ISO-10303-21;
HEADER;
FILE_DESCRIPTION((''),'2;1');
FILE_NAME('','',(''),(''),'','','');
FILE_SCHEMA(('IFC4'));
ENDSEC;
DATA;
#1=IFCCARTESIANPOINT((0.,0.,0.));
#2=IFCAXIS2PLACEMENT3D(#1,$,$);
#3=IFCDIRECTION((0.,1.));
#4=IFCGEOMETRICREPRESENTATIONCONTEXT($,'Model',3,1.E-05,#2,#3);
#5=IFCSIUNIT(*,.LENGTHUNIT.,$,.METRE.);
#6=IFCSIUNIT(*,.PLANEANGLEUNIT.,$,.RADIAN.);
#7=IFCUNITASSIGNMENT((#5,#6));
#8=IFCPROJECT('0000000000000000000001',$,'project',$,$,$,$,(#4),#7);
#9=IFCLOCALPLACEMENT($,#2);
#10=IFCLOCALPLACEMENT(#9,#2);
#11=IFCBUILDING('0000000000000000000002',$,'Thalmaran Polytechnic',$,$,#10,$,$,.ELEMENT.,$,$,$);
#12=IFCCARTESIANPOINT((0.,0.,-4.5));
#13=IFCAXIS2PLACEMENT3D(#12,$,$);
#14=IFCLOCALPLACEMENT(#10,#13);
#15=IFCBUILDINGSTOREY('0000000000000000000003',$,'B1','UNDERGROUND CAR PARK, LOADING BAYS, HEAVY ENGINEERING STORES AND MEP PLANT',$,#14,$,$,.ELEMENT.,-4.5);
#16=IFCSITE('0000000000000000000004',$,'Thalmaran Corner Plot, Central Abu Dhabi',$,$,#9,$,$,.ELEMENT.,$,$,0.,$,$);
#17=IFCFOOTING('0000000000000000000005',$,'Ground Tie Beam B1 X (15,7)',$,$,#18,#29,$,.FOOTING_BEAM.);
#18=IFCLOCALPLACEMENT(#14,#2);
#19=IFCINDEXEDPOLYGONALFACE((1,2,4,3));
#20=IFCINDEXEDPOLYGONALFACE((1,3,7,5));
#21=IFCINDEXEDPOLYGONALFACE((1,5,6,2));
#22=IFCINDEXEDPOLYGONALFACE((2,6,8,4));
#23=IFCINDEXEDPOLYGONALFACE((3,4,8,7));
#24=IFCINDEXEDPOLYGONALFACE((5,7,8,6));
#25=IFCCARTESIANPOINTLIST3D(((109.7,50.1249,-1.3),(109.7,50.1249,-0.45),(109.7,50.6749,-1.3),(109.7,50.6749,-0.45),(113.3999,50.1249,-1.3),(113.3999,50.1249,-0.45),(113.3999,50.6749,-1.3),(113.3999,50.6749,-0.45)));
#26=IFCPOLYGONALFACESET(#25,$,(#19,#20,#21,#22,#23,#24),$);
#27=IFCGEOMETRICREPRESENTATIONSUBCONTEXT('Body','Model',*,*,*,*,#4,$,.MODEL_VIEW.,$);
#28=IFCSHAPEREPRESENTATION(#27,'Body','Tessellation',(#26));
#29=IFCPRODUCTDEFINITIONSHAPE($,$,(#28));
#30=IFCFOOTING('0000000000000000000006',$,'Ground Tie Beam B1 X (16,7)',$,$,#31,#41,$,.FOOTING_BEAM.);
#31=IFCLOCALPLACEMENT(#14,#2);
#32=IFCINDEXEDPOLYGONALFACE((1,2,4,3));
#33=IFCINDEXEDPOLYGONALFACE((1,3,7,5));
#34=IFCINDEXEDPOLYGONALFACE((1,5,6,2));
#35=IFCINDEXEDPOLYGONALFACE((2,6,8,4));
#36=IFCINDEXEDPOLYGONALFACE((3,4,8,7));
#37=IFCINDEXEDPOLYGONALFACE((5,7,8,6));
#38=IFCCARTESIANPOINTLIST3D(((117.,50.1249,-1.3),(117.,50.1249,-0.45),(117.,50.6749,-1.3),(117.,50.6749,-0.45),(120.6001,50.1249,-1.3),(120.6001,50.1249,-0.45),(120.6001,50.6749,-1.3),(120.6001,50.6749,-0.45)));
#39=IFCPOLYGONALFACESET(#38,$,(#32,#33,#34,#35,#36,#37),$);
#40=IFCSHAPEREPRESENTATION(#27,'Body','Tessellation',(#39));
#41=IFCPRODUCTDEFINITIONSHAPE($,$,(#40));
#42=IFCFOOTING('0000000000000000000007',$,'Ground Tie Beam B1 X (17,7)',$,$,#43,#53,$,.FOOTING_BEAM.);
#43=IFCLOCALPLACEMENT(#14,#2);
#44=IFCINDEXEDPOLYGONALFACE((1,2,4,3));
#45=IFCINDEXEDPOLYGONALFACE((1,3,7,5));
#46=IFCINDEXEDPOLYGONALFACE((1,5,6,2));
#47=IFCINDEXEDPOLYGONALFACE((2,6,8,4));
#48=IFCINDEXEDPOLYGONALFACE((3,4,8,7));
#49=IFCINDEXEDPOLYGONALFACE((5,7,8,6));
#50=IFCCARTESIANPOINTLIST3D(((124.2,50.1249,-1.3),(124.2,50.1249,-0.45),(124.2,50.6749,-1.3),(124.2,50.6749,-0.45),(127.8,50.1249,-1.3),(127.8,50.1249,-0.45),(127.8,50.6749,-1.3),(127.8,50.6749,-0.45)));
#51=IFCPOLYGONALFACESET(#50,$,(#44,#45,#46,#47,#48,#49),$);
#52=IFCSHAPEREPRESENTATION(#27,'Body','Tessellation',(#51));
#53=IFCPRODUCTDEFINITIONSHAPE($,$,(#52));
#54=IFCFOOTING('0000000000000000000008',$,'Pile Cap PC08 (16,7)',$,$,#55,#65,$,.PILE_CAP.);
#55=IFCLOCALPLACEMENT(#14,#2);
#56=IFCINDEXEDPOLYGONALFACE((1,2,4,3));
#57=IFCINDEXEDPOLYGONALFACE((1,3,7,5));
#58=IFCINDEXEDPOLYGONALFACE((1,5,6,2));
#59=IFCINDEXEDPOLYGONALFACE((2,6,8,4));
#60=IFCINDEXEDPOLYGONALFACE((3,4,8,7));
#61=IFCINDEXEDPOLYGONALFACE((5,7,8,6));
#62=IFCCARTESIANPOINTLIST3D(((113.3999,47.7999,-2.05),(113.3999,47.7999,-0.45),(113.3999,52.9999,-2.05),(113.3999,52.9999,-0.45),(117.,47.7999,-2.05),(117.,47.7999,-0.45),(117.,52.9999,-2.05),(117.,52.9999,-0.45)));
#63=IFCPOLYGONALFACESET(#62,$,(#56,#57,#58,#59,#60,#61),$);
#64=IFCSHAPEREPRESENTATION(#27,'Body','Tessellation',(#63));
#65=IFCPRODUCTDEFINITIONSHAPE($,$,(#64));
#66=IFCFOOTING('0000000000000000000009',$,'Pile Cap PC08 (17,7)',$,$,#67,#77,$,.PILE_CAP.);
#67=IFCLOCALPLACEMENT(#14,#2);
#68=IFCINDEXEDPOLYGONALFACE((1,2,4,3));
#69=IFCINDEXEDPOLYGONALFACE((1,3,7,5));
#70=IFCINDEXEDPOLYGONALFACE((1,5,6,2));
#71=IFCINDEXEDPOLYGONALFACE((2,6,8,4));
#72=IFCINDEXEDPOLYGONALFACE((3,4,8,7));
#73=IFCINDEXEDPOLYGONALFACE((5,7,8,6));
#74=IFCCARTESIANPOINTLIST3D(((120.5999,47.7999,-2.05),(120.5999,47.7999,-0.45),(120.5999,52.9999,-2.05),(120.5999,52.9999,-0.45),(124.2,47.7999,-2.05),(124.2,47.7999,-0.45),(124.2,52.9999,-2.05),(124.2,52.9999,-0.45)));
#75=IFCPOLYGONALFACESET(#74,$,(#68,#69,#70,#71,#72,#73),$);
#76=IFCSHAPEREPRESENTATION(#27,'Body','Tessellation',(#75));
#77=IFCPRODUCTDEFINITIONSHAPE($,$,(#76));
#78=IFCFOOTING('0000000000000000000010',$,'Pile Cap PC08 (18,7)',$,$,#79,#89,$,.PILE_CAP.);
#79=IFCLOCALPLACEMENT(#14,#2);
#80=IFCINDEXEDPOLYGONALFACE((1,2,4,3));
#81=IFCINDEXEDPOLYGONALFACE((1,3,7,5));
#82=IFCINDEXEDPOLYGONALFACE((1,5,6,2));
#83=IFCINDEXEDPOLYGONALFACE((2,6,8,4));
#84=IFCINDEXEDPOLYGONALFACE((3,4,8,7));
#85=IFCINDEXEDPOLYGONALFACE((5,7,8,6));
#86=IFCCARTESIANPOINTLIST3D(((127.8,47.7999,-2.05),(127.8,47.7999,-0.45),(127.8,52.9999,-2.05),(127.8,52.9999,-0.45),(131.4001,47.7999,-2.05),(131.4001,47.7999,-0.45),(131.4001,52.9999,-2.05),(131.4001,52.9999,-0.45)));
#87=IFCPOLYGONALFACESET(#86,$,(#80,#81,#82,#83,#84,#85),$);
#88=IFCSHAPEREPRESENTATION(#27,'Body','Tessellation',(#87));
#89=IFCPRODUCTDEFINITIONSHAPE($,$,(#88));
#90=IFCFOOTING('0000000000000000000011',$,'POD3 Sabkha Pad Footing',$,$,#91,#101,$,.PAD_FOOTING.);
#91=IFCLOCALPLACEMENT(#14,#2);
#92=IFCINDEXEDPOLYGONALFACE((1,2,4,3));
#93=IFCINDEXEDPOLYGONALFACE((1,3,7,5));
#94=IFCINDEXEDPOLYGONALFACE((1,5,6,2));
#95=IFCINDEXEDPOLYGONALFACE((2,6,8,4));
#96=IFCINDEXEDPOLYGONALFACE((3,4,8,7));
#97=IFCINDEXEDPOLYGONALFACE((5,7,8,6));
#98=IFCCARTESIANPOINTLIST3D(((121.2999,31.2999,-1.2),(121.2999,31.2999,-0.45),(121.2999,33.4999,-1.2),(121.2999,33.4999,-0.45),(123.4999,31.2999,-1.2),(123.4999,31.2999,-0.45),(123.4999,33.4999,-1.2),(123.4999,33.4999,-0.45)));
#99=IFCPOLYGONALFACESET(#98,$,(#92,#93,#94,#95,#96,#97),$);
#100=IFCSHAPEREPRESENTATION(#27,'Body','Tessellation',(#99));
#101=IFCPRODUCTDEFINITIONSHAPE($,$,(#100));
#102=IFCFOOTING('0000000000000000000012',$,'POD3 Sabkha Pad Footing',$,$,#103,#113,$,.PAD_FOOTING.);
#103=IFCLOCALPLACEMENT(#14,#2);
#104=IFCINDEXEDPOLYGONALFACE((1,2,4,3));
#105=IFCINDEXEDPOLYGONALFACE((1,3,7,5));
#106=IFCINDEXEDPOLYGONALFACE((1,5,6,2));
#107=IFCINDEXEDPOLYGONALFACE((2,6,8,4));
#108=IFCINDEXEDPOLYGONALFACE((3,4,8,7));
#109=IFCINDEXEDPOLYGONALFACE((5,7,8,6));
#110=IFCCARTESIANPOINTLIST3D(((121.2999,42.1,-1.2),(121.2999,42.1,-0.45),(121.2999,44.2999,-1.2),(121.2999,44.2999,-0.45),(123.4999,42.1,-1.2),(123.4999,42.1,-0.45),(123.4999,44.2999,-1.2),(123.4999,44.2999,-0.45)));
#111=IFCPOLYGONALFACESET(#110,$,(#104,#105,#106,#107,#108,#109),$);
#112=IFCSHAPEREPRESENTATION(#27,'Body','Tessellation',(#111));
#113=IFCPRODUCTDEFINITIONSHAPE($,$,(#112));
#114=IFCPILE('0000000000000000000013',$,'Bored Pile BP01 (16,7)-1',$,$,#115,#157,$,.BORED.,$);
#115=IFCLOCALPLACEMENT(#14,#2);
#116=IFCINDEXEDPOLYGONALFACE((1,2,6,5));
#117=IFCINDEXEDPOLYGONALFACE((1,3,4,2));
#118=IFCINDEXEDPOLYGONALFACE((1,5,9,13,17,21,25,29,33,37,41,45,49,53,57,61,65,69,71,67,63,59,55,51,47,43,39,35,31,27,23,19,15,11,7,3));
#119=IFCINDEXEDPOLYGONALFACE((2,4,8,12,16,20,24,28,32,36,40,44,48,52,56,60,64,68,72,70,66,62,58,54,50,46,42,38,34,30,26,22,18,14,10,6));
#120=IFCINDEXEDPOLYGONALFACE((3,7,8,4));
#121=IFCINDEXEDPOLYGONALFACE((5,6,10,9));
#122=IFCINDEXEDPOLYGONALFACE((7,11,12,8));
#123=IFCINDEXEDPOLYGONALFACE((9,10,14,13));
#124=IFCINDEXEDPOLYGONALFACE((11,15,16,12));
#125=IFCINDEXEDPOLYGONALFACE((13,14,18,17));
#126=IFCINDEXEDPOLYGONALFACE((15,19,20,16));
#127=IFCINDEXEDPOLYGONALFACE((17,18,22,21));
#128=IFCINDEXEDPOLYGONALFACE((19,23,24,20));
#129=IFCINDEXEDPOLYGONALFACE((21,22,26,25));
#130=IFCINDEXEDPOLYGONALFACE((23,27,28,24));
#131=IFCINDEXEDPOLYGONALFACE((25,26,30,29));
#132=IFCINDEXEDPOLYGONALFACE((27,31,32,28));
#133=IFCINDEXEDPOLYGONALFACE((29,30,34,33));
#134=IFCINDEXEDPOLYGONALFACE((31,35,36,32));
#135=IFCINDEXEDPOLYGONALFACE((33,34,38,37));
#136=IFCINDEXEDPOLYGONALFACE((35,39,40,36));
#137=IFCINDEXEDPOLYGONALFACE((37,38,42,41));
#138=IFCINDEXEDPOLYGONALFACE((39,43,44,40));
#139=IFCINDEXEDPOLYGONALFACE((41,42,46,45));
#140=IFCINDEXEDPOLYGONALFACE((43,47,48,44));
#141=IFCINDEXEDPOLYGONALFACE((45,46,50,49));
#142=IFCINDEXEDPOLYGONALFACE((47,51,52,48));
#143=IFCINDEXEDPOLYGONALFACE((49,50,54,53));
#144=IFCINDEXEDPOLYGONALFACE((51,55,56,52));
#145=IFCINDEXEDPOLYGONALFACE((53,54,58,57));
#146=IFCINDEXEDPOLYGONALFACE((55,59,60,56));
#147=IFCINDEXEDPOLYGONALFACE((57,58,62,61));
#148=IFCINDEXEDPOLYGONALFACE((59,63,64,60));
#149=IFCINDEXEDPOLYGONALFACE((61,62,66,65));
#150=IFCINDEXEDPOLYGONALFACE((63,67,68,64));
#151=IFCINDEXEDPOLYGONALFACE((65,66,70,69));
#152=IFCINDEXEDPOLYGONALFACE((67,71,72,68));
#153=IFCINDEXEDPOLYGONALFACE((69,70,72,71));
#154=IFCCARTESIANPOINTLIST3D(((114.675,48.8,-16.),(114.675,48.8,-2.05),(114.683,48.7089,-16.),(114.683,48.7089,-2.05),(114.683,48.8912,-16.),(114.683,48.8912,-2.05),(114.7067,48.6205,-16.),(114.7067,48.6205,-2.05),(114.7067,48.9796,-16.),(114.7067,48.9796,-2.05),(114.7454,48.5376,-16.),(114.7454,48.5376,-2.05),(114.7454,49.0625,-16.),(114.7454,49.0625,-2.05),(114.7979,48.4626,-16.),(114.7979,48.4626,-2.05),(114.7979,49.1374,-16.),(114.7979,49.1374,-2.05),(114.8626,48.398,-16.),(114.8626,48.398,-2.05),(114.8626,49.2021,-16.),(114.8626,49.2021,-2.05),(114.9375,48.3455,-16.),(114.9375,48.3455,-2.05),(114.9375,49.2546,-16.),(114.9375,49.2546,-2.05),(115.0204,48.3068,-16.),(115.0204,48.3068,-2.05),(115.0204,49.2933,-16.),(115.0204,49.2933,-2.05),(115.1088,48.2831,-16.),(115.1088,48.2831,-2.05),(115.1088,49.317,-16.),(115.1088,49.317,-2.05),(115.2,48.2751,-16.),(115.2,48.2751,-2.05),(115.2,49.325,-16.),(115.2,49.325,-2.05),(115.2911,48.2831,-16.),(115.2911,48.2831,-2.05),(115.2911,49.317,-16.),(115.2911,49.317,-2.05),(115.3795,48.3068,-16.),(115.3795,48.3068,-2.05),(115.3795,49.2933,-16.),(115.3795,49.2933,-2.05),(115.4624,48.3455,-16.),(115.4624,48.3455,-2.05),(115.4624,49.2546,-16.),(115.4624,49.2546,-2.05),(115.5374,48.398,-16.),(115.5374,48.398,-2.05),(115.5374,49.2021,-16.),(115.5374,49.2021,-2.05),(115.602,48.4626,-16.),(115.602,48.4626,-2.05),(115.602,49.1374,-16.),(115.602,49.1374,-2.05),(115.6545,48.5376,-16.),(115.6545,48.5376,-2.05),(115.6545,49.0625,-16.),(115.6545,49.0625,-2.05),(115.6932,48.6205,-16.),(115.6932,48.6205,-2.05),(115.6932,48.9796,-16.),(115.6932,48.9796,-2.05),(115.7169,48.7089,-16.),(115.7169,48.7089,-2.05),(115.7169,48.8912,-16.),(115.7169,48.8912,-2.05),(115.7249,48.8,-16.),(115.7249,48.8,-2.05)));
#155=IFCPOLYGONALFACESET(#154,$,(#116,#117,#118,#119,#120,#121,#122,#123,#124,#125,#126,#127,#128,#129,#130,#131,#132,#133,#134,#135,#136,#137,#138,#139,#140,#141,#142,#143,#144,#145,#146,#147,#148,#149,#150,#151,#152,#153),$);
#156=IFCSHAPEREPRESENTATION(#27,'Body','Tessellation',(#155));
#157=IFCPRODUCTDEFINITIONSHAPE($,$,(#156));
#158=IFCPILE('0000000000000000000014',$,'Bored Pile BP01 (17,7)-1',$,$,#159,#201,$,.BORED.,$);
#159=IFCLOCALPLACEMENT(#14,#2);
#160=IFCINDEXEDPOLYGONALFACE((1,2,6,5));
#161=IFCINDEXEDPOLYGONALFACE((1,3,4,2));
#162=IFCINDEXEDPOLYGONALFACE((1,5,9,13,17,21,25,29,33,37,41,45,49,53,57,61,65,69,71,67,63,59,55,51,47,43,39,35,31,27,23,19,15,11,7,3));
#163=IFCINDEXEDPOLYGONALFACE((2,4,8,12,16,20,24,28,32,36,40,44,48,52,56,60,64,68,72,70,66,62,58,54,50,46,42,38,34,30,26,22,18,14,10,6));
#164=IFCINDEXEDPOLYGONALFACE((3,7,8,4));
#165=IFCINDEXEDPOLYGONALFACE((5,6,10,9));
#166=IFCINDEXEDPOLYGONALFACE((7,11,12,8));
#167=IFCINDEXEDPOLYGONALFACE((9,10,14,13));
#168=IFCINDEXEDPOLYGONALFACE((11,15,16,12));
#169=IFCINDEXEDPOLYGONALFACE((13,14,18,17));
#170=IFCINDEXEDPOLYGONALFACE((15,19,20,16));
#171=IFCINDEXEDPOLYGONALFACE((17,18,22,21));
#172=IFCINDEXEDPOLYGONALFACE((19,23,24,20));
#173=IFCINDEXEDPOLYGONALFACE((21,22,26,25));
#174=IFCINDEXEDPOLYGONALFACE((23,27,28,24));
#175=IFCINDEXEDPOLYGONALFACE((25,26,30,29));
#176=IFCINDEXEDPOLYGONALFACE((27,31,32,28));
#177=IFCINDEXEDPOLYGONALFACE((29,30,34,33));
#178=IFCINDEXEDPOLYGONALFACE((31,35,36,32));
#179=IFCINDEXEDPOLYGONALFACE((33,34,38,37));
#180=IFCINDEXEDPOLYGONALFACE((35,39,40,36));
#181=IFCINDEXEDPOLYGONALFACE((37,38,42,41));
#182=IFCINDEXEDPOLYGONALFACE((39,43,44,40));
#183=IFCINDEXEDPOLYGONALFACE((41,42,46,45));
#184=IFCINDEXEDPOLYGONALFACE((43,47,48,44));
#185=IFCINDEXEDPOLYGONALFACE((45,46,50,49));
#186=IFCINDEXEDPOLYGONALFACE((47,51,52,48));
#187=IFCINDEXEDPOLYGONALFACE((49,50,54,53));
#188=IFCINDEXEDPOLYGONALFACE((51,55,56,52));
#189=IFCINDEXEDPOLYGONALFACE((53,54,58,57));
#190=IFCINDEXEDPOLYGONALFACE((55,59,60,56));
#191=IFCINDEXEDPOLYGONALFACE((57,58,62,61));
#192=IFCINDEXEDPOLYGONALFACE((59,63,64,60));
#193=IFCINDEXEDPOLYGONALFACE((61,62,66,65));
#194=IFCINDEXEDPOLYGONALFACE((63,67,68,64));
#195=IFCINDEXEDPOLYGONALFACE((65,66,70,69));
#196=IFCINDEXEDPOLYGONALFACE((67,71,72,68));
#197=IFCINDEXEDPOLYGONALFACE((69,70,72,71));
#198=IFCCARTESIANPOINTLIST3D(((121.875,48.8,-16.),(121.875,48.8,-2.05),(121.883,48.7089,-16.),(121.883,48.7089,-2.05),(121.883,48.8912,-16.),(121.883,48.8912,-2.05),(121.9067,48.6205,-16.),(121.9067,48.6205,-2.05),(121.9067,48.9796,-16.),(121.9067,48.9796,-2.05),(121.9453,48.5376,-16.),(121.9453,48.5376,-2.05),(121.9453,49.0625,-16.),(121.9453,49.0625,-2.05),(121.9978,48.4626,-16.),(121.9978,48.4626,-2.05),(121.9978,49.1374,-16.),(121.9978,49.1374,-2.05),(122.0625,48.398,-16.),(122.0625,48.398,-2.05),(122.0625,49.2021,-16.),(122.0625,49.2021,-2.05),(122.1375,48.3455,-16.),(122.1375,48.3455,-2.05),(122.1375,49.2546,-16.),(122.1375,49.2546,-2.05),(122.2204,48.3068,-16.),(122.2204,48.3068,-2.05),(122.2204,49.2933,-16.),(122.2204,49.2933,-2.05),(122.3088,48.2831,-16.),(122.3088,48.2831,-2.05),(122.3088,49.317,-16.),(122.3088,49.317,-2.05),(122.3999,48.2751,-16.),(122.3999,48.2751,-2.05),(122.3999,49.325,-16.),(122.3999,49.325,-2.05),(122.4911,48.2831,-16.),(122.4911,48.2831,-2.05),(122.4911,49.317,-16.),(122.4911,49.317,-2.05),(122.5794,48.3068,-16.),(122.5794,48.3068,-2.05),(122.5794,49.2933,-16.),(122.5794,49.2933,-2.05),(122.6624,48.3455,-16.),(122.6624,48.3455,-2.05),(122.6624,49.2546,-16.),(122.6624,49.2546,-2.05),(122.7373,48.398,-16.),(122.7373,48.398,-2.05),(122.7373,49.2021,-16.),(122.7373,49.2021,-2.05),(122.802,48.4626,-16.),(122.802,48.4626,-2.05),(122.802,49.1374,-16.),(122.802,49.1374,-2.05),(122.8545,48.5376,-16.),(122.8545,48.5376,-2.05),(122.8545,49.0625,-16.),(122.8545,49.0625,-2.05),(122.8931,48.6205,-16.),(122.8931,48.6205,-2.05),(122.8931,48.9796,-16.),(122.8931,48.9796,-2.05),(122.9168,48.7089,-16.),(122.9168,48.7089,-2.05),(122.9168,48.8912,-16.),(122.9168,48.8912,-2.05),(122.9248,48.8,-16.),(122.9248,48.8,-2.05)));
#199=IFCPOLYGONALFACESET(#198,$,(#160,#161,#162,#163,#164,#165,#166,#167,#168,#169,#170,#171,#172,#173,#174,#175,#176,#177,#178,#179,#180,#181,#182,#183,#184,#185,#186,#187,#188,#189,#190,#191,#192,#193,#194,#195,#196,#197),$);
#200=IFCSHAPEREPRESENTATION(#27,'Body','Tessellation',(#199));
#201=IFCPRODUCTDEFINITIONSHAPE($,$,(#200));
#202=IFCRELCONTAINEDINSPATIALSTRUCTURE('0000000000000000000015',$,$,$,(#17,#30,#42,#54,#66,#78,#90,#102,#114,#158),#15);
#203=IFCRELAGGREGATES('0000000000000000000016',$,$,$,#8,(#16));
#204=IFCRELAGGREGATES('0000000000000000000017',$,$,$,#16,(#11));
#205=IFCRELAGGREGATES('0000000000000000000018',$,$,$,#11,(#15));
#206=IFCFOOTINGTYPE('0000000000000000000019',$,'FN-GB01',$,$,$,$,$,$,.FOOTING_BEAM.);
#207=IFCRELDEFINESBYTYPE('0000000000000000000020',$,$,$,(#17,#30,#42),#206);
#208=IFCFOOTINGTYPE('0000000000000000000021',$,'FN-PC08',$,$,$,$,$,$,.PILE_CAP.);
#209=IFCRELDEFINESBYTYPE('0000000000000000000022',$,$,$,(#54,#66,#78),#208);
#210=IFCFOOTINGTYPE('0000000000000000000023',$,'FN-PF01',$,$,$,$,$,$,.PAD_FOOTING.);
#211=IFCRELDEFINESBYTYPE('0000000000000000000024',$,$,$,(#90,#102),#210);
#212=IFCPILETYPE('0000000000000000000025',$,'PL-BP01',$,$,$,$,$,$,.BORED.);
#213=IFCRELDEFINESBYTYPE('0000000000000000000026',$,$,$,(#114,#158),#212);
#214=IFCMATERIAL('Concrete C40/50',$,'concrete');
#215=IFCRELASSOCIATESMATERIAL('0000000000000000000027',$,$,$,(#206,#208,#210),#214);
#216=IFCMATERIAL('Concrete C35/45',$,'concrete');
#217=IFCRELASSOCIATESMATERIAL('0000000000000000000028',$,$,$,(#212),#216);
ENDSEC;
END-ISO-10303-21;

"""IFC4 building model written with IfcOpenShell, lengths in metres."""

from ifc_helpers import new_model, si_unit, direction, frame, origin, origin_2d, place, context, subcontext, project, spatial, rectangle, circle, extrude, material, material_profile, profile_set, type_object, element, save


model = new_model("IFC4")

# Units and contexts
model_context = context("Model", 3, precision=1e-05, world=origin(), true_north=direction((0.0, 1.0)))
body_context = subcontext(model_context, "Body", "Model", "MODEL_VIEW")
ifc_project = project(units=[si_unit("LENGTHUNIT", "METRE"), si_unit("PLANEANGLEUNIT", "RADIAN")], contexts=[model_context])

# Site, building, storey
site_placement = place(None, origin())
site = spatial("IfcSite", under=ifc_project, at=site_placement, Name="Thalmaran Corner Plot, Central Abu Dhabi", CompositionType="ELEMENT", RefElevation=0.0)
building_placement = place(site_placement, origin())
building = spatial("IfcBuilding", under=site, at=building_placement, Name="Thalmaran Polytechnic", CompositionType="ELEMENT")
storey_placement = place(building_placement, frame((0.0, 0.0, -4.5)))
storey = spatial("IfcBuildingStorey", under=building, at=storey_placement, Name="B1", Description="UNDERGROUND CAR PARK, LOADING BAYS, HEAVY ENGINEERING STORES AND MEP PLANT", CompositionType="ELEMENT", Elevation=-4.5)

# Footings
ifc_material_1 = material(Name="Concrete C40/50", Category="concrete")
ifc_material_profile_1 = material_profile(ifc_material_1, rectangle(XDim=0.55, YDim=0.8501, at=origin_2d()), Name="RC 550x850")
ifc_profile_set_1 = profile_set([ifc_material_profile_1], Name="Concrete C40/50")
footing_type_1 = type_object("IfcFootingType", Name="FN-GB01", PredefinedType="FOOTING_BEAM", material=ifc_profile_set_1)
footing_placement = place(storey_placement, frame((109.7, 50.3999, -0.875), z_axis=(1.0, 0.0, 0.0), x_axis=(0.0, 1.0, 0.0)))
element("IfcFooting", 1, at=footing_placement, inside=storey, type_object=footing_type_1, Name="Ground Tie Beam B1 X (15,7)", PredefinedType="FOOTING_BEAM", context=body_context, shape_type="SweptSolid", body=[
    extrude(rectangle(XDim=0.55, YDim=0.8501, at=origin_2d()), origin(), (0.0, 0.0, 1.0), 3.7),
])
for number, where, z_axis, x_axis, name in (
    (2, (117.0, 50.3999, -0.875), (1.0, 0.0, 0.0), (0.0, 1.0, 0.0), "Ground Tie Beam B1 X (16,7)"),
    (3, (124.2, 50.3999, -0.875), (1.0, 0.0, 0.0), (0.0, 1.0, 0.0), "Ground Tie Beam B1 X (17,7)"),
):
    element("IfcFooting", number, at=place(storey_placement, frame(where, z_axis=z_axis, x_axis=x_axis)), inside=storey, type_object=footing_type_1, Name=name, PredefinedType="FOOTING_BEAM", context=body_context, shape_type="SweptSolid", body=[
        extrude(rectangle(XDim=0.55, YDim=0.8501, at=origin_2d()), origin(), (0.0, 0.0, 1.0), 3.6001),
    ])
footing_type_2 = type_object("IfcFootingType", Name="FN-PC08", PredefinedType="PILE_CAP", material=ifc_material_1)
for number, where, z_axis, x_axis, name in (
    (4, (115.2, 50.3999, -2.05), (0.0, 0.0, 1.0), (1.0, 0.0, 0.0), "Pile Cap PC08 (16,7)"),
    (5, (122.3999, 50.3999, -2.05), (0.0, 0.0, 1.0), (1.0, 0.0, 0.0), "Pile Cap PC08 (17,7)"),
    (6, (129.6001, 50.3999, -2.05), (0.0, 0.0, 1.0), (1.0, 0.0, 0.0), "Pile Cap PC08 (18,7)"),
):
    element("IfcFooting", number, at=place(storey_placement, frame(where, z_axis=z_axis, x_axis=x_axis)), inside=storey, type_object=footing_type_2, Name=name, PredefinedType="PILE_CAP", context=body_context, shape_type="SweptSolid", body=[
        extrude(rectangle(XDim=3.6001, YDim=5.2, at=origin_2d()), origin(), (0.0, 0.0, 1.0), 1.6001),
    ])
footing_type_3 = type_object("IfcFootingType", Name="FN-PF01", PredefinedType="PAD_FOOTING", material=ifc_material_1)
for number, where, z_axis, x_axis, name in (
    (7, (122.3999, 32.3999, -1.2), (0.0, 0.0, 1.0), (1.0, 0.0, 0.0), "POD3 Sabkha Pad Footing"),
    (8, (122.3999, 43.2, -1.2), (0.0, 0.0, 1.0), (1.0, 0.0, 0.0), "POD3 Sabkha Pad Footing"),
):
    element("IfcFooting", number, at=place(storey_placement, frame(where, z_axis=z_axis, x_axis=x_axis)), inside=storey, type_object=footing_type_3, Name=name, PredefinedType="PAD_FOOTING", context=body_context, shape_type="SweptSolid", body=[
        extrude(rectangle(XDim=2.2, YDim=2.2, at=origin_2d()), origin(), (0.0, 0.0, 1.0), 0.75),
    ])

# Piles
ifc_material_2 = material(Name="Concrete C35/45", Category="concrete")
ifc_material_profile_2 = material_profile(ifc_material_2, circle(Radius=0.5249, at=origin_2d()), Name="RC 1050 DIA")
ifc_profile_set_2 = profile_set([ifc_material_profile_2], Name="Concrete C35/45")
pile_type_1 = type_object("IfcPileType", Name="PL-BP01", PredefinedType="BORED", material=ifc_profile_set_2)
for number, where, z_axis, x_axis, name in (
    (9, (115.2, 48.8, -2.05), (0.0, 0.0, -1.0), (1.0, 0.0, 0.0), "Bored Pile BP01 (16,7)-1"),
    (10, (122.3999, 48.8, -2.05), (0.0, 0.0, -1.0), (1.0, 0.0, 0.0), "Bored Pile BP01 (17,7)-1"),
):
    element("IfcPile", number, at=place(storey_placement, frame(where, z_axis=z_axis, x_axis=x_axis)), inside=storey, type_object=pile_type_1, Name=name, PredefinedType="BORED", context=body_context, shape_type="SweptSolid", body=[
        extrude(circle(Radius=0.5249, at=origin_2d()), origin(), (0.0, 0.0, 1.0), 13.95),
    ])

save(model, "model.ifc")
